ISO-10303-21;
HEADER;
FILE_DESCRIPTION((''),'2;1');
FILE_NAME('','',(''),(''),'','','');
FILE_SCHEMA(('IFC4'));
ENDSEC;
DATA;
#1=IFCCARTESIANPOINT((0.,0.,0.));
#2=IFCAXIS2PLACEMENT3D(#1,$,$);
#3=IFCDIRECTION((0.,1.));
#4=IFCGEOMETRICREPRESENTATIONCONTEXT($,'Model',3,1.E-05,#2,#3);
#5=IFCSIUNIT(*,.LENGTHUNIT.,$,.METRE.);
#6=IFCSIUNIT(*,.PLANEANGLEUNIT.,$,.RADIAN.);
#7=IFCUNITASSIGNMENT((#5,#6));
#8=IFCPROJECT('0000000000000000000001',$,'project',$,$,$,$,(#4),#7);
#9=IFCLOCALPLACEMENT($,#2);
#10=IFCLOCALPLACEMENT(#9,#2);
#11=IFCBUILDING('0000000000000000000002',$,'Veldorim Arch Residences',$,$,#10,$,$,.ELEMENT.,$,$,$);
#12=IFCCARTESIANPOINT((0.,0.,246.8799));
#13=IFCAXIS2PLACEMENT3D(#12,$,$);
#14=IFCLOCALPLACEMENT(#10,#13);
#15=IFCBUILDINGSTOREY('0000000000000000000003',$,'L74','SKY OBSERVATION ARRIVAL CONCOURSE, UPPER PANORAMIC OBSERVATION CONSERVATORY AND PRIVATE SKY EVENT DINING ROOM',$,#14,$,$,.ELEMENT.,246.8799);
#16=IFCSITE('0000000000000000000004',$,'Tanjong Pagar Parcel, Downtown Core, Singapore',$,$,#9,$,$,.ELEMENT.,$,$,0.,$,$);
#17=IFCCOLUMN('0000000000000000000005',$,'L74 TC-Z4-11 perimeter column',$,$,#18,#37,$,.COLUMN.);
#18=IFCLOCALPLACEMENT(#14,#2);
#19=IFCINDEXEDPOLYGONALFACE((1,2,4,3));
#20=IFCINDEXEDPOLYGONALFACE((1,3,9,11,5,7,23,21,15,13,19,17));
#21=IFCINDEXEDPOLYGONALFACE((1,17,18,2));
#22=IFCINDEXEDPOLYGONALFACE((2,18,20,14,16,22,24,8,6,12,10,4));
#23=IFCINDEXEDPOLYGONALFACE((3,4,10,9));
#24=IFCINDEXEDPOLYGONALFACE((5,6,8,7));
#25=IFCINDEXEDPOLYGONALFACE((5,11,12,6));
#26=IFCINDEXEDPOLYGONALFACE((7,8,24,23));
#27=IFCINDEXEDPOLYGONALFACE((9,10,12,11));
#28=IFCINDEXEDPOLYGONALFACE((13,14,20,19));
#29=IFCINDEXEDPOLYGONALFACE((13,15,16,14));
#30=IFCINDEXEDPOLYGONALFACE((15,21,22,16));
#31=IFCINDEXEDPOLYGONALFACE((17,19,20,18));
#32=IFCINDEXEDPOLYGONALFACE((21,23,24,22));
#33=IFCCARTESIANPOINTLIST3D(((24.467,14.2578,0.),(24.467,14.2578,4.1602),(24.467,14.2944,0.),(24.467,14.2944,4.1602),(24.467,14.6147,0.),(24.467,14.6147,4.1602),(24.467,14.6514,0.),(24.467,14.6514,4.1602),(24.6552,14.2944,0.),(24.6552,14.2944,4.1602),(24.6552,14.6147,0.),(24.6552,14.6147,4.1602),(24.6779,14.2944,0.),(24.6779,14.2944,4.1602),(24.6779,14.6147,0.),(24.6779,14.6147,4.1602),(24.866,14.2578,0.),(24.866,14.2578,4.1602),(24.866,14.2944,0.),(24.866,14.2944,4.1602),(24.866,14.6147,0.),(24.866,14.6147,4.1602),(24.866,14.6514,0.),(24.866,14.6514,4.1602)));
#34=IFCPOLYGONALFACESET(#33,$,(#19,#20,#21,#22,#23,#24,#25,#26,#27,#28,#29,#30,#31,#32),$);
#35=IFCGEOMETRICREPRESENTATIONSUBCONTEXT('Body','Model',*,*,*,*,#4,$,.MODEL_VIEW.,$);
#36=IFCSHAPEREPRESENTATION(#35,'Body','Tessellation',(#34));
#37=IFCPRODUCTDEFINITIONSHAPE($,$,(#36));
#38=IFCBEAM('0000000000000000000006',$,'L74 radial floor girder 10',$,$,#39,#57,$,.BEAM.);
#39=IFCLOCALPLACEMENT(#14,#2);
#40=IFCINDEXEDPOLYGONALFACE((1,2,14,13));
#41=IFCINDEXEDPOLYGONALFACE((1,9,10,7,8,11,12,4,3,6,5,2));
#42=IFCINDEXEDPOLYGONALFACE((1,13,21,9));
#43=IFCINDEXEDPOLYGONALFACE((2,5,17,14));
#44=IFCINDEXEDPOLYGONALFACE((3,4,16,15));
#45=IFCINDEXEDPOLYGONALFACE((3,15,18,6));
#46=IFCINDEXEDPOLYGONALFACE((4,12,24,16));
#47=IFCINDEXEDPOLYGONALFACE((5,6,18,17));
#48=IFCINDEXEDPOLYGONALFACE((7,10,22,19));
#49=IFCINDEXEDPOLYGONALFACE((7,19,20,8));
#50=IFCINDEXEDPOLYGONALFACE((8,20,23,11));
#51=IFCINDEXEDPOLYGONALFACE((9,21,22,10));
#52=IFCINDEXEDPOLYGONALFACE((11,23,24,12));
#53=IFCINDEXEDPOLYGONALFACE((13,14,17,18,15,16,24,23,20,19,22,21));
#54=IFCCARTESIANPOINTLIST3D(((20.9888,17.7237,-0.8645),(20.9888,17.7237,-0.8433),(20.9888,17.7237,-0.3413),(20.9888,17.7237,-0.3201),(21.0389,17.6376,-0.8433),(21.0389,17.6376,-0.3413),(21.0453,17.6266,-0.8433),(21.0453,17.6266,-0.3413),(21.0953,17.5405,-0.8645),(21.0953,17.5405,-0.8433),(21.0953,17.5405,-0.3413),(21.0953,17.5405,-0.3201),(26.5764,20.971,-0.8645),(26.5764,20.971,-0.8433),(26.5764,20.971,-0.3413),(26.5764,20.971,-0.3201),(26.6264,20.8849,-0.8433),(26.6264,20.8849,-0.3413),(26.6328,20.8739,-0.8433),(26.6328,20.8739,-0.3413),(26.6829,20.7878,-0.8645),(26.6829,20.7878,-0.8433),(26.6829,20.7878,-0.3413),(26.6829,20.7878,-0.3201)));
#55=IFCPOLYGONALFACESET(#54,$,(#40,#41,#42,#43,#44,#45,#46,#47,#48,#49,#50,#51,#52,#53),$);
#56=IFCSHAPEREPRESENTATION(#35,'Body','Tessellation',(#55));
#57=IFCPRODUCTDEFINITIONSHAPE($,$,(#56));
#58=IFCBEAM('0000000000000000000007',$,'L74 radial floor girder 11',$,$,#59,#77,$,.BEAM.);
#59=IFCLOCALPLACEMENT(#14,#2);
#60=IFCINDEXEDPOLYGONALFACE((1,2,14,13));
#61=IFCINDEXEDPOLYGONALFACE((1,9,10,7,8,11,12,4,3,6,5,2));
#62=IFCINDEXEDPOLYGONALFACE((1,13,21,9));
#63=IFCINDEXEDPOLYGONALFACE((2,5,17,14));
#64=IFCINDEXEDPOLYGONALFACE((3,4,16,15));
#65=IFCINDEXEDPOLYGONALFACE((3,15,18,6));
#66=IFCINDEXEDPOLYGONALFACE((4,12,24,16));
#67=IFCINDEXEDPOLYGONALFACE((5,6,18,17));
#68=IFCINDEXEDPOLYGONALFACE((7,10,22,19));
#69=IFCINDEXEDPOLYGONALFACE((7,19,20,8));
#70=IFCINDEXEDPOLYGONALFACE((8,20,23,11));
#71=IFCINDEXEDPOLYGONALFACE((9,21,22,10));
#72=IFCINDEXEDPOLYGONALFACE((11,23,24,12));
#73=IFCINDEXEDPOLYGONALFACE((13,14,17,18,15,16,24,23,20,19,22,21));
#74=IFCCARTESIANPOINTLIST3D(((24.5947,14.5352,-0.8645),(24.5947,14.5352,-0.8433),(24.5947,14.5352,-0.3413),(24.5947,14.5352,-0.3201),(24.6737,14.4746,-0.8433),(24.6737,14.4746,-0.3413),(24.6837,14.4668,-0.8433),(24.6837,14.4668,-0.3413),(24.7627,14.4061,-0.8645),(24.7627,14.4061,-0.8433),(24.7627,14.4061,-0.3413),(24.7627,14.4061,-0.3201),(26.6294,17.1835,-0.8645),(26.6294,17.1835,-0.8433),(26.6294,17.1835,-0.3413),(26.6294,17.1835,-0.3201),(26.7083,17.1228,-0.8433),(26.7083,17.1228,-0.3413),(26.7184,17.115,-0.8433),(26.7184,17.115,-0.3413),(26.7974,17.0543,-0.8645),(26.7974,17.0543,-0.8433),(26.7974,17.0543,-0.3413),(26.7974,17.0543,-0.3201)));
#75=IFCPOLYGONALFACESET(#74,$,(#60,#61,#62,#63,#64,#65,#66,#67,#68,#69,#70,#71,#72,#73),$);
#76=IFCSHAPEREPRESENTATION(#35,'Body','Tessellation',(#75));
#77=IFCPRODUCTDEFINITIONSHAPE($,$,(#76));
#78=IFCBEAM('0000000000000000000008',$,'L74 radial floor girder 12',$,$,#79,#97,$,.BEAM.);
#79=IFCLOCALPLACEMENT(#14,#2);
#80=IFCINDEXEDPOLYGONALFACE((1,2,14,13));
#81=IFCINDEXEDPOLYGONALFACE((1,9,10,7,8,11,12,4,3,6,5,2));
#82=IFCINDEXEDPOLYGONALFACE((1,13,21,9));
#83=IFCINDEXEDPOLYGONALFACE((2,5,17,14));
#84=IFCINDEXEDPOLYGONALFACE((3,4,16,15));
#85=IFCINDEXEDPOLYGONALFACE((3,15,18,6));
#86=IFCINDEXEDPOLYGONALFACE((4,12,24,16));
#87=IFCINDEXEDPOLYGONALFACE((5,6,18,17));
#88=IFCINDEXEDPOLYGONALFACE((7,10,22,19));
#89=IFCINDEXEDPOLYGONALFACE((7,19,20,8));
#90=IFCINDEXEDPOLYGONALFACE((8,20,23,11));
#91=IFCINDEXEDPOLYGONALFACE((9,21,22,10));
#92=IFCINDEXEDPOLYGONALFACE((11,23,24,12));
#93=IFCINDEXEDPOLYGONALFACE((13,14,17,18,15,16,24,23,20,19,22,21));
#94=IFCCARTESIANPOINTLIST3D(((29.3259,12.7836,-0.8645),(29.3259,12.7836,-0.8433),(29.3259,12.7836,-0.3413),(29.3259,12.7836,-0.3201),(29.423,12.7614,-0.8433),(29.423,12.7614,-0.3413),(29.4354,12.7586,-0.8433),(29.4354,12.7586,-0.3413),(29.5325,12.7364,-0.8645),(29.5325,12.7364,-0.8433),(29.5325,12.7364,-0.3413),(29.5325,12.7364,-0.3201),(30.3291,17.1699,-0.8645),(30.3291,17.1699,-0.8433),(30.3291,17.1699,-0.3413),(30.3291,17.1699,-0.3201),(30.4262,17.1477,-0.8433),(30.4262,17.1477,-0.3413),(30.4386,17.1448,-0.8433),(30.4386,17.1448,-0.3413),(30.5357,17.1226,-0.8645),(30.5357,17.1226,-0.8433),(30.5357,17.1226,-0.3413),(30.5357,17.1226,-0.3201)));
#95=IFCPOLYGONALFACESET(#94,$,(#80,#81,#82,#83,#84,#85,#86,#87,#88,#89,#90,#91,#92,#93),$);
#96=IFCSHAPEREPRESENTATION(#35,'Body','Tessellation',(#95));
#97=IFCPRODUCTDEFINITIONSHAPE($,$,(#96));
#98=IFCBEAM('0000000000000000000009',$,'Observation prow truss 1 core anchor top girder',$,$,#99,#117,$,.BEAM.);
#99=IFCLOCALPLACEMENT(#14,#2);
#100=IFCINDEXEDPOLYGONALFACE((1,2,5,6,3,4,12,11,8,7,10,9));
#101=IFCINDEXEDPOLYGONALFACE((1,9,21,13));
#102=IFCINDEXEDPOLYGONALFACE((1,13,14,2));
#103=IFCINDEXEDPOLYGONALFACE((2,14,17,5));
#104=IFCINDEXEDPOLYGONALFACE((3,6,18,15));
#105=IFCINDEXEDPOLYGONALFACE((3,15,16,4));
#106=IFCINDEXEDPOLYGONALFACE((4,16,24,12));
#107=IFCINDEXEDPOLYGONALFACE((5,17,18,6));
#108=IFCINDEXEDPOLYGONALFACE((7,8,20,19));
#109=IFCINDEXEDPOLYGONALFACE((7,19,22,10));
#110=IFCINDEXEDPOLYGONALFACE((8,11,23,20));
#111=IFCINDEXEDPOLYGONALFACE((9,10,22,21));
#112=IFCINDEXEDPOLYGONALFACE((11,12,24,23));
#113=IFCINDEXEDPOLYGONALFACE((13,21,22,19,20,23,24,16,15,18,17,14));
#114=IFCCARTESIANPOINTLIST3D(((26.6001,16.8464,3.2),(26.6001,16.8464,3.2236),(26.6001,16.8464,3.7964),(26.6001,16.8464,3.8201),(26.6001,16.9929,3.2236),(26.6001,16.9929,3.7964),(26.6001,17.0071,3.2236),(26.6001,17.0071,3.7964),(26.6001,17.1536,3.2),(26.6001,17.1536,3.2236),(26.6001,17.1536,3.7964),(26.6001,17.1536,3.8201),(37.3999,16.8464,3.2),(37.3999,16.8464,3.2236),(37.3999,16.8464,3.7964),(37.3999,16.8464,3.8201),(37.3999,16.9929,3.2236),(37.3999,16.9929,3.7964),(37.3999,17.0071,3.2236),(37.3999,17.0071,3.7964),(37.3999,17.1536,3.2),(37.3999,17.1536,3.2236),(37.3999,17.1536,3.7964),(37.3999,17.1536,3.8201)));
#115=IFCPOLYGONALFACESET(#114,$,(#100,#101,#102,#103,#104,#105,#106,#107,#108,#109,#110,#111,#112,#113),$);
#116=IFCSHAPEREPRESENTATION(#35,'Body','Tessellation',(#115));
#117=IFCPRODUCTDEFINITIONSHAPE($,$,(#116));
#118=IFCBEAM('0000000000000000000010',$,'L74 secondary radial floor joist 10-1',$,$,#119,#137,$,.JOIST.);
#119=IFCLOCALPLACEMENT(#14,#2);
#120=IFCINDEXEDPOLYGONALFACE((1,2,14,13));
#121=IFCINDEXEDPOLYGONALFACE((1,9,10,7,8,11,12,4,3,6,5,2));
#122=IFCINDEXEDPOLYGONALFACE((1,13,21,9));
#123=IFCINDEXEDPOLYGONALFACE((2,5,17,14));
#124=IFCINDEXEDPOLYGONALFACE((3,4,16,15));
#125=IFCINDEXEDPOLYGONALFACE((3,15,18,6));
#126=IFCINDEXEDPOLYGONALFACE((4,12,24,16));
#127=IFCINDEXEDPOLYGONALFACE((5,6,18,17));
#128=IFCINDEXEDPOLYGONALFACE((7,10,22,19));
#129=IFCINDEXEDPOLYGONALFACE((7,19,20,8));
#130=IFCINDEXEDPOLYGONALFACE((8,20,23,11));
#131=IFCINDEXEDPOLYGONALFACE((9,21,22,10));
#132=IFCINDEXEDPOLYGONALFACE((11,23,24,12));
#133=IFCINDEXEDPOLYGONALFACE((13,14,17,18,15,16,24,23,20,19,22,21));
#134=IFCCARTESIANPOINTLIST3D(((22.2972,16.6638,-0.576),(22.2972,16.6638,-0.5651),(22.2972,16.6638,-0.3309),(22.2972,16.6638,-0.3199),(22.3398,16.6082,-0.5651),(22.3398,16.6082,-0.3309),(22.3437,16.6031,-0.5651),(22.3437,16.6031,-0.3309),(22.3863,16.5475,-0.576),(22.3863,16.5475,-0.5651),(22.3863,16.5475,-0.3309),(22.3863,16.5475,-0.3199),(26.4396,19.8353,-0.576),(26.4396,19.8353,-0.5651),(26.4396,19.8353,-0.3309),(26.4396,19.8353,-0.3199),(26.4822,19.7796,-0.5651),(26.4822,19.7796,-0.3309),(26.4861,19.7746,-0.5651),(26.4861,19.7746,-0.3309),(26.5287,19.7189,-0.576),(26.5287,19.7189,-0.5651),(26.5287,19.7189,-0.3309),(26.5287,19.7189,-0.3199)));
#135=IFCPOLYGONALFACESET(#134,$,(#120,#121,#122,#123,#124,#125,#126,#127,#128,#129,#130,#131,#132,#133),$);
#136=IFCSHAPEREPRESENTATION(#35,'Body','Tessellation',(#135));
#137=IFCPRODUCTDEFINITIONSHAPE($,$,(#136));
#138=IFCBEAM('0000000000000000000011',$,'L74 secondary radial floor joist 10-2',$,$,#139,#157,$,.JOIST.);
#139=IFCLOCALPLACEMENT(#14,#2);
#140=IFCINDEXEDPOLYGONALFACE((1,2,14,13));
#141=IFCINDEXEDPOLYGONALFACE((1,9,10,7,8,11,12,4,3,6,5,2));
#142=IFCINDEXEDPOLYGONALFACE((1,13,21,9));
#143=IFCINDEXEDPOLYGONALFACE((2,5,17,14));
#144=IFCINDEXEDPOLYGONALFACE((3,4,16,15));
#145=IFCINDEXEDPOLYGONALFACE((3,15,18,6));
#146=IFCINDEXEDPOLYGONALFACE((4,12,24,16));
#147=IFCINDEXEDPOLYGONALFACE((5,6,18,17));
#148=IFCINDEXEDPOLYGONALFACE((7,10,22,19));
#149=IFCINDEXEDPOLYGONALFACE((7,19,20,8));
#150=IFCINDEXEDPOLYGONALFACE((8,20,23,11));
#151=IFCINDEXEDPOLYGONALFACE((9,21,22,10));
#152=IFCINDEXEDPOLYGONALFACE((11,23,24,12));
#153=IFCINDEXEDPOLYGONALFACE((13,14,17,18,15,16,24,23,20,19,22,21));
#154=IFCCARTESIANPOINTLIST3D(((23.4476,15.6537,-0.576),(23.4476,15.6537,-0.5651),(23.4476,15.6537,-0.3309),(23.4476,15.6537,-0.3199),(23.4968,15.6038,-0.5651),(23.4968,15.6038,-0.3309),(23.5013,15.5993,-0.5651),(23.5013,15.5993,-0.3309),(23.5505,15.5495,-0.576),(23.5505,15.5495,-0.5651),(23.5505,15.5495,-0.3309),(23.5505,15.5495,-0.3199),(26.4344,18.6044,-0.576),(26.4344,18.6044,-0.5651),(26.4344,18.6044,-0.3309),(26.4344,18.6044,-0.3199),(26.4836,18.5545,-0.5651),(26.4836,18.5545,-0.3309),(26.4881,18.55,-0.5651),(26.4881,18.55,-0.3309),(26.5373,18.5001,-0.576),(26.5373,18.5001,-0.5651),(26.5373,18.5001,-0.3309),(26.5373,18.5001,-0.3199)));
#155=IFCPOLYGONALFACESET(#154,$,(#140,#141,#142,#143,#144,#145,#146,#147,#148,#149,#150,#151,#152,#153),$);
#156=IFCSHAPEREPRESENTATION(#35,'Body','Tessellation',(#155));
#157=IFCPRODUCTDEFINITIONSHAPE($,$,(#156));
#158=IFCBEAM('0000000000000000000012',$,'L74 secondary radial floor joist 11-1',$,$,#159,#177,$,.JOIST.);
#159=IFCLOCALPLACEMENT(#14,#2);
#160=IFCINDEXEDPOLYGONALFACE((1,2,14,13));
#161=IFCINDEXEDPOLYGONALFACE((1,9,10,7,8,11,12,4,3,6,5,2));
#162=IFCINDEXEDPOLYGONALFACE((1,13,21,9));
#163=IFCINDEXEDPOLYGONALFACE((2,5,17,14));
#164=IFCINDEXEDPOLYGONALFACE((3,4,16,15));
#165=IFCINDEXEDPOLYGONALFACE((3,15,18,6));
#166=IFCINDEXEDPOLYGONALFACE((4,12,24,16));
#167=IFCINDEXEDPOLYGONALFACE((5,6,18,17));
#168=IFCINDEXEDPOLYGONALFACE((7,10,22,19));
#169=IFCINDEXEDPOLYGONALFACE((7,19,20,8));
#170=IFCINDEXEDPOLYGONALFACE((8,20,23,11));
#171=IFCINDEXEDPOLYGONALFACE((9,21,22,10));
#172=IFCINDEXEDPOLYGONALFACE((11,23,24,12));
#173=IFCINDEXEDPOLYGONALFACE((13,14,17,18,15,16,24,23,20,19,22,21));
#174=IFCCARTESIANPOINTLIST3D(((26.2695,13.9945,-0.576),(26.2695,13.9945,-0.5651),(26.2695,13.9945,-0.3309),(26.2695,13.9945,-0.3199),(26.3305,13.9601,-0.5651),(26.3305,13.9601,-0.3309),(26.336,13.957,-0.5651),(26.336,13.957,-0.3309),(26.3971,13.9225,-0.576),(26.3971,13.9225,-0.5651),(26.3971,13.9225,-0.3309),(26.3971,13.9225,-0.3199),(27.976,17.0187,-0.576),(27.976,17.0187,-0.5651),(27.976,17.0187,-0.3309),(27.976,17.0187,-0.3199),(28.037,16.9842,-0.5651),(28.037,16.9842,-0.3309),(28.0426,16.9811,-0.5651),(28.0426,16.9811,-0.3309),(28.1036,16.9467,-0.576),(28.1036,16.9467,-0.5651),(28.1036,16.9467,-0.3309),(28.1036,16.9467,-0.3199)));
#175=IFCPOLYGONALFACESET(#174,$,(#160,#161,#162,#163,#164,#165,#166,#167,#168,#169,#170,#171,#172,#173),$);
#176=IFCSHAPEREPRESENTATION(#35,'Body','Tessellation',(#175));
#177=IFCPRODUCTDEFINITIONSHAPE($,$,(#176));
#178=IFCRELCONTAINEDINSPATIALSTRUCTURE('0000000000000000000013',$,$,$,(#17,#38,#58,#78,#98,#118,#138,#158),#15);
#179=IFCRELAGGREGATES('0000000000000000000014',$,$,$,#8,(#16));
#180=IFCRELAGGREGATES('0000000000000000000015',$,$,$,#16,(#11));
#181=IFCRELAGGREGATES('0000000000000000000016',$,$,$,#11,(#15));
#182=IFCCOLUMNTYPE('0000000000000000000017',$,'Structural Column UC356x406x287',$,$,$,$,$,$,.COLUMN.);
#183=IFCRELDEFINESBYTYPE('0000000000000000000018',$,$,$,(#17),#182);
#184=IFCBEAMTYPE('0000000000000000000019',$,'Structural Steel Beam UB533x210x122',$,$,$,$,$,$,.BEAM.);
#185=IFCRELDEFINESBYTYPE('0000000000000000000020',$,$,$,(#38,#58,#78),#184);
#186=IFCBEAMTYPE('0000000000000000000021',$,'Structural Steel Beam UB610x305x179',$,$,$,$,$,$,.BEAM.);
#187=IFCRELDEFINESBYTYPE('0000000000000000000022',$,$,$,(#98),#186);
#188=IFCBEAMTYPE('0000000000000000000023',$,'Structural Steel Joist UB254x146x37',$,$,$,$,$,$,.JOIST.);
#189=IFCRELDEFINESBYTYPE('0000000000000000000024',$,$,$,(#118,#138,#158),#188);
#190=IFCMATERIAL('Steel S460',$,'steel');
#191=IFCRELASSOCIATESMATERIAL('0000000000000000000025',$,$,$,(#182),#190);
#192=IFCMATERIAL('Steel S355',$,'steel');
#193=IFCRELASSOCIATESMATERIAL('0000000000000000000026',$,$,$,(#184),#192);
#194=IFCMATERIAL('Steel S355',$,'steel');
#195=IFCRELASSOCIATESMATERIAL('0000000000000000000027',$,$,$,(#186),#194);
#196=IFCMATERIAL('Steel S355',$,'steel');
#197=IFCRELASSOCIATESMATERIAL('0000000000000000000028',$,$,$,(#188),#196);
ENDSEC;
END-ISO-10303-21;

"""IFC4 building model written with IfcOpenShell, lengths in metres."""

from ifc_helpers import new_model, si_unit, direction, frame, origin, origin_2d, place, context, subcontext, project, spatial, i_section, extrude, material, material_profile, profile_set, type_object, element, save


model = new_model("IFC4")

# Units and contexts
model_context = context("Model", 3, precision=1e-05, world=origin(), true_north=direction((0.0, 1.0)))
body_context = subcontext(model_context, "Body", "Model", "MODEL_VIEW")
ifc_project = project(units=[si_unit("LENGTHUNIT", "METRE"), si_unit("PLANEANGLEUNIT", "RADIAN")], contexts=[model_context])

# Site, building, storey
site_placement = place(None, origin())
site = spatial("IfcSite", under=ifc_project, at=site_placement, Name="Tanjong Pagar Parcel, Downtown Core, Singapore", CompositionType="ELEMENT", RefElevation=0.0)
building_placement = place(site_placement, origin())
building = spatial("IfcBuilding", under=site, at=building_placement, Name="Veldorim Arch Residences", CompositionType="ELEMENT")
storey_placement = place(building_placement, frame((0.0, 0.0, 246.8799)))
storey = spatial("IfcBuildingStorey", under=building, at=storey_placement, Name="L74", Description="SKY OBSERVATION ARRIVAL CONCOURSE, UPPER PANORAMIC OBSERVATION CONSERVATORY AND PRIVATE SKY EVENT DINING ROOM", CompositionType="ELEMENT", Elevation=246.8799)

# Column
ifc_material_1 = material(Name="Steel S460", Category="steel")
ifc_material_profile_1 = material_profile(ifc_material_1, i_section(OverallWidth=0.3989, OverallDepth=0.3936, WebThickness=0.0227, FlangeThickness=0.0366, at=origin_2d()), Name="UC356x406x287")
ifc_profile_set_1 = profile_set([ifc_material_profile_1], Name="Steel S460")
column_type = type_object("IfcColumnType", Name="Structural Column UC356x406x287", PredefinedType="COLUMN", material=ifc_profile_set_1)
column_placement = place(storey_placement, frame((24.6665, 14.4546, 0.0), z_axis=(0.0, 0.0, 1.0), x_axis=(1.0, 0.0, 0.0)))
element("IfcColumn", 1, at=column_placement, inside=storey, type_object=column_type, Name="L74 TC-Z4-11 perimeter column", PredefinedType="COLUMN", context=body_context, shape_type="SweptSolid", body=[
    extrude(i_section(OverallWidth=0.3989, OverallDepth=0.3936, WebThickness=0.0227, FlangeThickness=0.0366, at=origin_2d()), origin(), (0.0, 0.0, 1.0), 4.1602),
])

# Beams
ifc_material_2 = material(Name="Steel S355", Category="steel")
ifc_material_profile_2 = material_profile(ifc_material_2, i_section(OverallWidth=0.2119, OverallDepth=0.5444, WebThickness=0.0127, FlangeThickness=0.0212, at=origin_2d()), Name="UB533x210x122")
ifc_profile_set_2 = profile_set([ifc_material_profile_2], Name="Steel S355")
beam_type_1 = type_object("IfcBeamType", Name="Structural Steel Beam UB533x210x122", PredefinedType="BEAM", material=ifc_profile_set_2)
beam_1_placement = place(storey_placement, frame((26.6296, 20.8794, -0.5923), z_axis=(-0.864596, -0.502468, 0.0), x_axis=(0.502468, -0.864596, 0.0)))
element("IfcBeam", 2, at=beam_1_placement, inside=storey, type_object=beam_type_1, Name="L74 radial floor girder 10", PredefinedType="BEAM", context=body_context, shape_type="SweptSolid", body=[
    extrude(i_section(OverallWidth=0.2119, OverallDepth=0.5444, WebThickness=0.0127, FlangeThickness=0.0212, at=origin_2d()), origin(), (0.0, 0.0, 1.0), 6.4626),
])
beam_2_placement = place(storey_placement, frame((26.7134, 17.1189, -0.5923), z_axis=(-0.609258, -0.792972, 0.0), x_axis=(0.792972, -0.609258, 0.0)))
element("IfcBeam", 3, at=beam_2_placement, inside=storey, type_object=beam_type_1, Name="L74 radial floor girder 11", PredefinedType="BEAM", context=body_context, shape_type="SweptSolid", body=[
    extrude(i_section(OverallWidth=0.2119, OverallDepth=0.5444, WebThickness=0.0127, FlangeThickness=0.0212, at=origin_2d()), origin(), (0.0, 0.0, 1.0), 3.3396),
])
beam_3_placement = place(storey_placement, frame((30.4324, 17.1462, -0.5923), z_axis=(-0.222953, -0.974829, 0.0), x_axis=(0.974829, -0.222953, 0.0)))
element("IfcBeam", 4, at=beam_3_placement, inside=storey, type_object=beam_type_1, Name="L74 radial floor girder 12", PredefinedType="BEAM", context=body_context, shape_type="SweptSolid", body=[
    extrude(i_section(OverallWidth=0.2119, OverallDepth=0.5444, WebThickness=0.0127, FlangeThickness=0.0212, at=origin_2d()), origin(), (0.0, 0.0, 1.0), 4.4995),
])
ifc_material_3 = material(Name="Steel S355", Category="steel")
ifc_material_profile_3 = material_profile(ifc_material_3, i_section(OverallWidth=0.3071, OverallDepth=0.6201, WebThickness=0.0142, FlangeThickness=0.0237, at=origin_2d()), Name="UB610x305x179")
ifc_profile_set_3 = profile_set([ifc_material_profile_3], Name="Steel S355")
beam_type_2 = type_object("IfcBeamType", Name="Structural Steel Beam UB610x305x179", PredefinedType="BEAM", material=ifc_profile_set_3)
beam_4_placement = place(storey_placement, frame((26.6001, 17.0, 3.51), z_axis=(1.0, 0.0, 0.0), x_axis=(0.0, 1.0, 0.0)))
element("IfcBeam", 5, at=beam_4_placement, inside=storey, type_object=beam_type_2, Name="Observation prow truss 1 core anchor top girder", PredefinedType="BEAM", context=body_context, shape_type="SweptSolid", body=[
    extrude(i_section(OverallWidth=0.3071, OverallDepth=0.6201, WebThickness=0.0142, FlangeThickness=0.0237, at=origin_2d()), origin(), (0.0, 0.0, 1.0), 10.7998),
])
ifc_material_4 = material(Name="Steel S355", Category="steel")
ifc_material_profile_4 = material_profile(ifc_material_4, i_section(OverallWidth=0.1465, OverallDepth=0.2561, WebThickness=0.0063, FlangeThickness=0.011, at=origin_2d()), Name="UB254x146x37")
ifc_profile_set_4 = profile_set([ifc_material_profile_4], Name="Steel S355")
beam_type_3 = type_object("IfcBeamType", Name="Structural Steel Joist UB254x146x37", PredefinedType="JOIST", material=ifc_profile_set_4)
beam_5_placement = place(storey_placement, frame((26.4841, 19.7771, -0.448), z_axis=(-0.794014, -0.6079, 0.0), x_axis=(0.6079, -0.794014, 0.0)))
element("IfcBeam", 6, at=beam_5_placement, inside=storey, type_object=beam_type_3, Name="L74 secondary radial floor joist 10-1", PredefinedType="JOIST", context=body_context, shape_type="SweptSolid", body=[
    extrude(i_section(OverallWidth=0.1465, OverallDepth=0.2561, WebThickness=0.0063, FlangeThickness=0.011, at=origin_2d()), origin(), (0.0, 0.0, 1.0), 5.217),
])
beam_6_placement = place(storey_placement, frame((26.4858, 18.5522, -0.448), z_axis=(-0.711397, -0.702791, 0.0), x_axis=(0.702791, -0.711397, 0.0)))
element("IfcBeam", 7, at=beam_6_placement, inside=storey, type_object=beam_type_3, Name="L74 secondary radial floor joist 10-2", PredefinedType="JOIST", context=body_context, shape_type="SweptSolid", body=[
    extrude(i_section(OverallWidth=0.1465, OverallDepth=0.2561, WebThickness=0.0063, FlangeThickness=0.011, at=origin_2d()), origin(), (0.0, 0.0, 1.0), 4.1985),
])
beam_7_placement = place(storey_placement, frame((28.0398, 16.9827, -0.448), z_axis=(-0.491452, -0.870904, 0.0), x_axis=(0.870904, -0.491452, 0.0)))
element("IfcBeam", 8, at=beam_7_placement, inside=storey, type_object=beam_type_3, Name="L74 secondary radial floor joist 11-1", PredefinedType="JOIST", context=body_context, shape_type="SweptSolid", body=[
    extrude(i_section(OverallWidth=0.1465, OverallDepth=0.2561, WebThickness=0.0063, FlangeThickness=0.011, at=origin_2d()), origin(), (0.0, 0.0, 1.0), 3.4724),
])

save(model, "model.ifc")
